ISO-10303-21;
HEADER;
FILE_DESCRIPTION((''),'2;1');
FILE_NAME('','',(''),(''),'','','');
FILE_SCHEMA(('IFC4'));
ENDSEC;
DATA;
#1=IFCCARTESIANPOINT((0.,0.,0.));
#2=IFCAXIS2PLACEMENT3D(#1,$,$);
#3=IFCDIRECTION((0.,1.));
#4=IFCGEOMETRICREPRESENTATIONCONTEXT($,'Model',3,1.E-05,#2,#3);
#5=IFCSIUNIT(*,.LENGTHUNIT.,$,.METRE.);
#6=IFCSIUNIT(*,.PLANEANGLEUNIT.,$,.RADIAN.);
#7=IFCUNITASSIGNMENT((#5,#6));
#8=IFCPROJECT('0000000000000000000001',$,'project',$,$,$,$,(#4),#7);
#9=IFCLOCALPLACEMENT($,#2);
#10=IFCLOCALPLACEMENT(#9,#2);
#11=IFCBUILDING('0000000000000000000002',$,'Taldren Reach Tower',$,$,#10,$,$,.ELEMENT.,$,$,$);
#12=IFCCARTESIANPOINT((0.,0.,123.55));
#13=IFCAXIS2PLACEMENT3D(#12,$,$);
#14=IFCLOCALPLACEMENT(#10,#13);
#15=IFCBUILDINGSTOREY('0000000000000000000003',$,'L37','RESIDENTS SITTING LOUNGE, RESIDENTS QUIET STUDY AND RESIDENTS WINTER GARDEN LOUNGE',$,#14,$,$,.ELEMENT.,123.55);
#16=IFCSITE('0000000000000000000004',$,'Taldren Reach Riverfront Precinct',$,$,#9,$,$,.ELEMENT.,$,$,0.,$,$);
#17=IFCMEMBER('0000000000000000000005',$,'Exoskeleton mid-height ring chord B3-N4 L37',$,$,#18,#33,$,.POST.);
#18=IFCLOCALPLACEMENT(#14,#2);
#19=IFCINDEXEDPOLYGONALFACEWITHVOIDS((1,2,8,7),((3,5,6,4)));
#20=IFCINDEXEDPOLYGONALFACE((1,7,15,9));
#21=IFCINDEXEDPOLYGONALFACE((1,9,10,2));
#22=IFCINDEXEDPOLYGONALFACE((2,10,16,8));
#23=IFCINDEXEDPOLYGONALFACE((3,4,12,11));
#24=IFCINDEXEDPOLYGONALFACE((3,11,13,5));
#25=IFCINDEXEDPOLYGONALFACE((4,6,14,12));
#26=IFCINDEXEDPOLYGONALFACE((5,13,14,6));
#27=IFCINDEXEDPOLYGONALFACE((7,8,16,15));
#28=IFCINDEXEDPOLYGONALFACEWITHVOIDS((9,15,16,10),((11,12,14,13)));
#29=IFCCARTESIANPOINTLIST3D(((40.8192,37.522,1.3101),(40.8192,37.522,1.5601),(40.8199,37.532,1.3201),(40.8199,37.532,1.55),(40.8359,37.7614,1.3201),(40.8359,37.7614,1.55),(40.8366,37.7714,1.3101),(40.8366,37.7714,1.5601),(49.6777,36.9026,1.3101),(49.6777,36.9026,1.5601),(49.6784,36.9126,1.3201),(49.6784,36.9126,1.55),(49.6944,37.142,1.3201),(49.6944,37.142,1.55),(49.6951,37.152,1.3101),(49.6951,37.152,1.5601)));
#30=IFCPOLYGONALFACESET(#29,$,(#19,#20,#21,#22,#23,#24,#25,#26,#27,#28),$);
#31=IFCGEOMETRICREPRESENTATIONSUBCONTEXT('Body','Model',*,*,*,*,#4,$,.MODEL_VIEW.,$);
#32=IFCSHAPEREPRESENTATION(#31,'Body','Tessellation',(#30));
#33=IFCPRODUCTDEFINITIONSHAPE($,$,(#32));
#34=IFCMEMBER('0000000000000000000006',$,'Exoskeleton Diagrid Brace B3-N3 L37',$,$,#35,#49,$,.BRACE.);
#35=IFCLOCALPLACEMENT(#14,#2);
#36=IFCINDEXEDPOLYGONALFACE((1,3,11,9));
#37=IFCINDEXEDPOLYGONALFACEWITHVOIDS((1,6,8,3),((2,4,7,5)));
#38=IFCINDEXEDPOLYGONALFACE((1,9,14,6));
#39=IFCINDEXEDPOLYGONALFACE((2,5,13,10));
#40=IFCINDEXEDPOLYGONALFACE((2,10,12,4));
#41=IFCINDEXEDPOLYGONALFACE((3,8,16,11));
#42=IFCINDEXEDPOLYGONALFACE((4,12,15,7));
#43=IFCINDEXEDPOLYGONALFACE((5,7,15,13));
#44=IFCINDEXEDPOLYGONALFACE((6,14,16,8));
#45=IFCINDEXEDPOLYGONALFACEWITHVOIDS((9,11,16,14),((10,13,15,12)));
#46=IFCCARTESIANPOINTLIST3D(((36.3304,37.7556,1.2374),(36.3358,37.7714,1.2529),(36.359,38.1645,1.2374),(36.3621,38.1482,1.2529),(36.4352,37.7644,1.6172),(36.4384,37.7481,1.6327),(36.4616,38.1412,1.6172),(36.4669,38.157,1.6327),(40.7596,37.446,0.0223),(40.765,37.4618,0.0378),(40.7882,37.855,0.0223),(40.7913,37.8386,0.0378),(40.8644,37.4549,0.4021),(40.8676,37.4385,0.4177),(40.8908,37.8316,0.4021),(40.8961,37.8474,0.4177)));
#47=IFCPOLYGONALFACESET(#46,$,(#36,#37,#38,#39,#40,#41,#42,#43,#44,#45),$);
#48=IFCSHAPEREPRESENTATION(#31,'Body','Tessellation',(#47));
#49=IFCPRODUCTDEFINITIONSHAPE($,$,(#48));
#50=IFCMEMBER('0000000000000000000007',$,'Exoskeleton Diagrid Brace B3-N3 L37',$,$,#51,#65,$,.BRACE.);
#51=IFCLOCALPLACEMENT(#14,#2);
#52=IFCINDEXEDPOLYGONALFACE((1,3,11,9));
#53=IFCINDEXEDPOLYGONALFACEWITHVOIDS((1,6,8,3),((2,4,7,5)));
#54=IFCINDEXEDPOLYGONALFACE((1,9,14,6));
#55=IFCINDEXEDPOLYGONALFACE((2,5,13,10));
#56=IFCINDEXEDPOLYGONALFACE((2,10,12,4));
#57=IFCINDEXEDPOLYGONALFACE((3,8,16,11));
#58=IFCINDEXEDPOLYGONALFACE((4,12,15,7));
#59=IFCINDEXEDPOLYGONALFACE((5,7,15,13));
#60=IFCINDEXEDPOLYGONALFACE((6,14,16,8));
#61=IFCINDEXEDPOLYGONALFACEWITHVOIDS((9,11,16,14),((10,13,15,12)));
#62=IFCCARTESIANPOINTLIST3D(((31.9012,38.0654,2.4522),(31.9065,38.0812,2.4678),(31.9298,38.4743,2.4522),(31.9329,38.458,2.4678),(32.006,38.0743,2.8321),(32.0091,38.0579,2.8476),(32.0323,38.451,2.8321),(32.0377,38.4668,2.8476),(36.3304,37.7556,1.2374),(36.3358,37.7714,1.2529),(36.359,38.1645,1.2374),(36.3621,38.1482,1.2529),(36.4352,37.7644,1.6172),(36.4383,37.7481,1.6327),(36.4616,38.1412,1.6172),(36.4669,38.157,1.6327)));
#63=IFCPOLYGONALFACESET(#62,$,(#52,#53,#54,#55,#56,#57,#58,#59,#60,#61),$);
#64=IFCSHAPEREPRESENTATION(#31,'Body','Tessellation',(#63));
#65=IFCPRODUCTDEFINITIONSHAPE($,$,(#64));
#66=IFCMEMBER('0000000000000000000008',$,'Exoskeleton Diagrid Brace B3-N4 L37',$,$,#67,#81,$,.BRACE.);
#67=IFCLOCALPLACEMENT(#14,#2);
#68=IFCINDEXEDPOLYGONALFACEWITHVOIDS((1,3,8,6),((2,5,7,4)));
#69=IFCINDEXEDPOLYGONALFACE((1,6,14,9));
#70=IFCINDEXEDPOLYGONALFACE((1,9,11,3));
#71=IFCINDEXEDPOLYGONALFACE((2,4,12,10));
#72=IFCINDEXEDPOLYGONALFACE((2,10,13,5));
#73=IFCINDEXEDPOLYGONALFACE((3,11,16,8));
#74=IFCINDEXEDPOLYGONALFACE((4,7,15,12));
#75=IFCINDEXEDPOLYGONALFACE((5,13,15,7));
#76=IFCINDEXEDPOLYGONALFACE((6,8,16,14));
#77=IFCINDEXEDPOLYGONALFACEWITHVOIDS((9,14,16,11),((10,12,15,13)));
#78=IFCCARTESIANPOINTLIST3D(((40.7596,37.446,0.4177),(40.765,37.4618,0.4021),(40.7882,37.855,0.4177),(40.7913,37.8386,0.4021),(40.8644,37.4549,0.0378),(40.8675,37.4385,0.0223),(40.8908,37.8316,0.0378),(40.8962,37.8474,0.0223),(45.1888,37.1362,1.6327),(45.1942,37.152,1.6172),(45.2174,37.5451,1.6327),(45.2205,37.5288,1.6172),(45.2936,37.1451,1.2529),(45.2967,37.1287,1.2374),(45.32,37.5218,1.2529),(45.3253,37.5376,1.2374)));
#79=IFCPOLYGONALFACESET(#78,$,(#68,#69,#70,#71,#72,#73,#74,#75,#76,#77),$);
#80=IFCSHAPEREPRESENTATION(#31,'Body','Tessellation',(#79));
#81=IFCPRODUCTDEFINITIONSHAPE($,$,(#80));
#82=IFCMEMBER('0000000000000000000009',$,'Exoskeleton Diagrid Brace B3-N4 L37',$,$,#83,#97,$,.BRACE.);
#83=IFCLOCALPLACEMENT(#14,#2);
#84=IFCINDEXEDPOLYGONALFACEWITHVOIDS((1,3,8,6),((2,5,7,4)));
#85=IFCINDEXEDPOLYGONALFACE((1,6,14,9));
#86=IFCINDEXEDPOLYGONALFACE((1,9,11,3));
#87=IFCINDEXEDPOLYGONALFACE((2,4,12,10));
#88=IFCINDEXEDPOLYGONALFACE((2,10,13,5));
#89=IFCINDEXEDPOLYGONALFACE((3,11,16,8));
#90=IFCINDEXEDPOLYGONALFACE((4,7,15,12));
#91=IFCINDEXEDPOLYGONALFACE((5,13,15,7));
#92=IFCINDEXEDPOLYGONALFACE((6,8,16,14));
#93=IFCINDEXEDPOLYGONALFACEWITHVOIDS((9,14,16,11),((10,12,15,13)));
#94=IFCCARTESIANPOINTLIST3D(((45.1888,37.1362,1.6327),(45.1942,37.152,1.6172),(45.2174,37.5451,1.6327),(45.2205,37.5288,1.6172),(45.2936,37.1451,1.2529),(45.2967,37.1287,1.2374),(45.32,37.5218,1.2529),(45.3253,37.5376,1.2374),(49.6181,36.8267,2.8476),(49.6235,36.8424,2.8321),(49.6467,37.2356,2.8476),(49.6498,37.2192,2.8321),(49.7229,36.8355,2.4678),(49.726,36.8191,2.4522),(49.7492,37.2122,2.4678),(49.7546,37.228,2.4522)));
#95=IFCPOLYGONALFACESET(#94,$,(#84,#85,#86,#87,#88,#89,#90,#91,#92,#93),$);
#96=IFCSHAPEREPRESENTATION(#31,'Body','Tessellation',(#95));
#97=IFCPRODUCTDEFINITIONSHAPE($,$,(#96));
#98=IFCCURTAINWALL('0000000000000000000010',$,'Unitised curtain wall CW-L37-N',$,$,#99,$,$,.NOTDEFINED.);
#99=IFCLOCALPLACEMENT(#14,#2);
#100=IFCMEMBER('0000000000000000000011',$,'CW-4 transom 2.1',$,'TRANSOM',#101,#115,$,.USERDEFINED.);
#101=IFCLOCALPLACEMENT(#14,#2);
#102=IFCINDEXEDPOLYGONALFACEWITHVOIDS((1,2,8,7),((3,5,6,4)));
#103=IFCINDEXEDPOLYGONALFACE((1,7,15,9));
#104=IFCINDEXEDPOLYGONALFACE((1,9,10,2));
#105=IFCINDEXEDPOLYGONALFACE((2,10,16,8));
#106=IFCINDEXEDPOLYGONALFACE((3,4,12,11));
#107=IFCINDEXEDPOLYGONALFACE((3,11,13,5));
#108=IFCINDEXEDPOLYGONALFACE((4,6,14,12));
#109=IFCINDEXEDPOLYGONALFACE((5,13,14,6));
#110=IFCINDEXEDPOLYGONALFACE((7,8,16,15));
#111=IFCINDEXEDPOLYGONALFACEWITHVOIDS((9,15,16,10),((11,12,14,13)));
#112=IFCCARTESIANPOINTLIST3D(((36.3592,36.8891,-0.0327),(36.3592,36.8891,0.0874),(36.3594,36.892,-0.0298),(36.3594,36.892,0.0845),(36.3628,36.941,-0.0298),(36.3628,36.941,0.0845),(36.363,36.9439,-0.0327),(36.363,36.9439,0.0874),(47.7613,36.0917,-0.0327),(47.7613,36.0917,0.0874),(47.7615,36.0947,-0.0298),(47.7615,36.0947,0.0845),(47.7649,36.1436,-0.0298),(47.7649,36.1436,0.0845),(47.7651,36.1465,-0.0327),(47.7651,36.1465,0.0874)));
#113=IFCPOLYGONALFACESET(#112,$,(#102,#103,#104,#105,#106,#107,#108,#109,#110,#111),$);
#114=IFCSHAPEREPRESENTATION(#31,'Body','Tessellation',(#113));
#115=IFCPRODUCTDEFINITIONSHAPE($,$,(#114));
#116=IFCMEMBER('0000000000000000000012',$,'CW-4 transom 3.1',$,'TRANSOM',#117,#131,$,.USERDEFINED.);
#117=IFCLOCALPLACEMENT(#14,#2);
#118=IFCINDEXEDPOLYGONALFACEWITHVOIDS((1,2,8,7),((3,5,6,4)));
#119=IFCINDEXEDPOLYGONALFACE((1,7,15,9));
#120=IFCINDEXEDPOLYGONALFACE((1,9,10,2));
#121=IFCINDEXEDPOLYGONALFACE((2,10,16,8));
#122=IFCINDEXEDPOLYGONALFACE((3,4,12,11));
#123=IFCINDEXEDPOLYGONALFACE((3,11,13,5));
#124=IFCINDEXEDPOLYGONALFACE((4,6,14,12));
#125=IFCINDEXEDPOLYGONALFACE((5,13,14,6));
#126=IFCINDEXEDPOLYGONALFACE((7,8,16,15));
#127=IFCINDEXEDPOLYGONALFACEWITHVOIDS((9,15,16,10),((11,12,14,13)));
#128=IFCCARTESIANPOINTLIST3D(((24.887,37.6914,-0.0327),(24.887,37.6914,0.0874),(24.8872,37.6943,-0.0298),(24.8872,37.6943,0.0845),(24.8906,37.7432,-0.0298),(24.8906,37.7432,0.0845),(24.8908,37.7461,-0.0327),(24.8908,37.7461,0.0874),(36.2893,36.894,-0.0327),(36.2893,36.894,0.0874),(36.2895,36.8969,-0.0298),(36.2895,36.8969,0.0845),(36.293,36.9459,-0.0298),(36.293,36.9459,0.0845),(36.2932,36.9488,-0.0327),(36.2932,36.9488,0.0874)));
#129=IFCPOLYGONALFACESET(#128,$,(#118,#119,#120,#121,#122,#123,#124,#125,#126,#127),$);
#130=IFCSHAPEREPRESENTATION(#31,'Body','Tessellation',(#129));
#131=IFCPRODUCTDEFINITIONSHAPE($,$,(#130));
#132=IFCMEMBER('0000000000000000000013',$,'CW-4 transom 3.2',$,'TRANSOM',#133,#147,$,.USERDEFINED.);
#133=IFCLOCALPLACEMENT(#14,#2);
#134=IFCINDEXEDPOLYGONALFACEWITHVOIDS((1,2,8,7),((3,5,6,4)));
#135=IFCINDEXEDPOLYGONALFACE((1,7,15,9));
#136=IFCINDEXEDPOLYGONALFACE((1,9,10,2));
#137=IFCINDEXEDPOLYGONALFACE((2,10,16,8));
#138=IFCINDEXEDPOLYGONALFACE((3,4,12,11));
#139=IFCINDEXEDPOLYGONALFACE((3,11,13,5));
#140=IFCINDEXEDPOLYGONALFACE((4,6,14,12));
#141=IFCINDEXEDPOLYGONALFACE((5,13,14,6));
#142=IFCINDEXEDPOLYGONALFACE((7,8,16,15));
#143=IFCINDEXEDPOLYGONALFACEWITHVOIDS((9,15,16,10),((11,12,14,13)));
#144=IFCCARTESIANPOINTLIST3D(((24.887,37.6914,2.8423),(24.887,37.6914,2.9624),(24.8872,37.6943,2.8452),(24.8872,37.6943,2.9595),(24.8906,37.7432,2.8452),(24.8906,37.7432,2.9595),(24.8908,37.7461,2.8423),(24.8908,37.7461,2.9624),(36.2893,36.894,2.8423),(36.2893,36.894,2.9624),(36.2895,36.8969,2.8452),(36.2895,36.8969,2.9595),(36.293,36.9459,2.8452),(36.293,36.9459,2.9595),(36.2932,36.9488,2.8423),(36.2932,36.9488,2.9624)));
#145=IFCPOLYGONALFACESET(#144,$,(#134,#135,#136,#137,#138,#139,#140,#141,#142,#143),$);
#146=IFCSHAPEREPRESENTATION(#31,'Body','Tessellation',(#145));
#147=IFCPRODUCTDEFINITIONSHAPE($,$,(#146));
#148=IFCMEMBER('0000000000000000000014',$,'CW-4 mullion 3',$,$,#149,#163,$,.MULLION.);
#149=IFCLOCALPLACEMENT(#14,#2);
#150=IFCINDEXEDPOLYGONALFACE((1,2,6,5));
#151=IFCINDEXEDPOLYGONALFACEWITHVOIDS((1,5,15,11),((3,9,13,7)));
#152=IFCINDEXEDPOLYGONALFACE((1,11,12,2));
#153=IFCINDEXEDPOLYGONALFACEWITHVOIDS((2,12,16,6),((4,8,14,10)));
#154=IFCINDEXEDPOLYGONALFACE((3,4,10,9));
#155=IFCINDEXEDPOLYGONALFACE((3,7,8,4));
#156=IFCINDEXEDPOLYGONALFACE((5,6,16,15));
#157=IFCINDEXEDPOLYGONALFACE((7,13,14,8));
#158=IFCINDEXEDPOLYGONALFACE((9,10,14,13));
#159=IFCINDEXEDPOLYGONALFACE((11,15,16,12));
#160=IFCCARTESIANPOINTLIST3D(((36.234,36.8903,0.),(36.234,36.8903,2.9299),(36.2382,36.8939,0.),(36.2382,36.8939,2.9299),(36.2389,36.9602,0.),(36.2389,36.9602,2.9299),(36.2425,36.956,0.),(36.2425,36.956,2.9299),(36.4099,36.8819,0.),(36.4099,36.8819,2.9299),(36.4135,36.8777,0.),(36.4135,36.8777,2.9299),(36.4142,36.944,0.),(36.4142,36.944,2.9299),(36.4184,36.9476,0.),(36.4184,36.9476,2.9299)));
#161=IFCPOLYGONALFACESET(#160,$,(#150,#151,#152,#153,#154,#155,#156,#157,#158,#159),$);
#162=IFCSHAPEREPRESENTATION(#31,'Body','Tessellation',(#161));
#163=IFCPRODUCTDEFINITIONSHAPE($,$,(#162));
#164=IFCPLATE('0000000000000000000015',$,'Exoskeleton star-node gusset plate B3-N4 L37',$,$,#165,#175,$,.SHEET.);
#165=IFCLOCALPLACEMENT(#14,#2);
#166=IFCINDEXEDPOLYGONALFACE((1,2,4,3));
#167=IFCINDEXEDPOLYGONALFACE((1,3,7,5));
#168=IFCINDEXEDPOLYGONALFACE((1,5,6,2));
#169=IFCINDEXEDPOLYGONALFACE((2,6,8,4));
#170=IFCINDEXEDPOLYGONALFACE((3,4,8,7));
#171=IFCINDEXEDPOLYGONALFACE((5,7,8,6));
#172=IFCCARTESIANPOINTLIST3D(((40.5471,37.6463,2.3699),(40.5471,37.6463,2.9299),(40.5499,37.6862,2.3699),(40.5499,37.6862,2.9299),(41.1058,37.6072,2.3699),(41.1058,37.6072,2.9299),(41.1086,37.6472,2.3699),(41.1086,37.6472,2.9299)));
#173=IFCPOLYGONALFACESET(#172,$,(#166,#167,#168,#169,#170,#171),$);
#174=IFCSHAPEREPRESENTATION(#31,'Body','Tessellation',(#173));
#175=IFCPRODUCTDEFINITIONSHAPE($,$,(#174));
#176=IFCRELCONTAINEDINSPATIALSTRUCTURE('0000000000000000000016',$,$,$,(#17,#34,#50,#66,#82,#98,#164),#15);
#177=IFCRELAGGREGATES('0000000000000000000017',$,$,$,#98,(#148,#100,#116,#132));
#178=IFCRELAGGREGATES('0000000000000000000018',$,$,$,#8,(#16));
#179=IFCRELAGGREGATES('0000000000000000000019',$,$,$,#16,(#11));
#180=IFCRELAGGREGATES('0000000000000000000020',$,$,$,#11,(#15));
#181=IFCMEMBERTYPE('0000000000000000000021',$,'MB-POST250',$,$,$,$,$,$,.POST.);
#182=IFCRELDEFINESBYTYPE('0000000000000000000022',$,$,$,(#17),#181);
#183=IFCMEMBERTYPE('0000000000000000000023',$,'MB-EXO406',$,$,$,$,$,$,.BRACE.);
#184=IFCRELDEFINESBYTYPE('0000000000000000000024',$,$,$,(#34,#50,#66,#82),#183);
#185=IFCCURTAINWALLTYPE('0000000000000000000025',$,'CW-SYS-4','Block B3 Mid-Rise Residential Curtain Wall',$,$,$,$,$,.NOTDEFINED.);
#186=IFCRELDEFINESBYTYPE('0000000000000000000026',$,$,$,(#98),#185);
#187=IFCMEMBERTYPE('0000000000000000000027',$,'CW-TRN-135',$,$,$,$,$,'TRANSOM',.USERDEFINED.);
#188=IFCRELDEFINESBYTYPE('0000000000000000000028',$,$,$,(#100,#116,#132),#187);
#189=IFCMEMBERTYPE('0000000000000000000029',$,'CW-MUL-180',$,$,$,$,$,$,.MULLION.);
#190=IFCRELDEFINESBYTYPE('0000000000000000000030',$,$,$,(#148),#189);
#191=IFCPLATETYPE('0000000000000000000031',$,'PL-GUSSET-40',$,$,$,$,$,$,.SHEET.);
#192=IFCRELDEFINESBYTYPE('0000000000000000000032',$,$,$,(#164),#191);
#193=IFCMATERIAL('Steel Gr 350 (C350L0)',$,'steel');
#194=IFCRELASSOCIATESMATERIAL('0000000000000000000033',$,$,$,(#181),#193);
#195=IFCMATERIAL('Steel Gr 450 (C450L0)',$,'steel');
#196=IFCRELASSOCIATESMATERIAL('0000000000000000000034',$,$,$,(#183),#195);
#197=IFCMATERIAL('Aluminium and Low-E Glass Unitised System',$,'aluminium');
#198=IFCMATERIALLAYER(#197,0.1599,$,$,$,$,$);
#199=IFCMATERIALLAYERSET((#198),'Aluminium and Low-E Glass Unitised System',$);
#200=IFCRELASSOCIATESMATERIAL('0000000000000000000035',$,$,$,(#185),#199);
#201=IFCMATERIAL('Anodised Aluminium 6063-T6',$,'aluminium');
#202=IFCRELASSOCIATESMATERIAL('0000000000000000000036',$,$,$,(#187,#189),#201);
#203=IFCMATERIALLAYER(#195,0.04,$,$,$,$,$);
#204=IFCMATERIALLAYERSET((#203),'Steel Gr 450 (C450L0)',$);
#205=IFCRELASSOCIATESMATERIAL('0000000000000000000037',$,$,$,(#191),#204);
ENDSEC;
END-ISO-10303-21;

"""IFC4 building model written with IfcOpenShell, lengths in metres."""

from ifc_helpers import new_model, si_unit, direction, frame, origin, origin_2d, place, context, subcontext, project, spatial, rectangle, hollow_rectangle, extrude, source, transform, mapped, material, layer, layer_set, material_profile, profile_set, type_object, element, aggregate, save


model = new_model("IFC4")

# Units and contexts
model_context = context("Model", 3, precision=1e-05, world=origin(), true_north=direction((0.0, 1.0)))
body_context = subcontext(model_context, "Body", "Model", "MODEL_VIEW")
ifc_project = project(units=[si_unit("LENGTHUNIT", "METRE"), si_unit("PLANEANGLEUNIT", "RADIAN")], contexts=[model_context])

# Site, building, storey
site_placement = place(None, origin())
site = spatial("IfcSite", under=ifc_project, at=site_placement, Name="Taldren Reach Riverfront Precinct", CompositionType="ELEMENT", RefElevation=0.0)
building_placement = place(site_placement, origin())
building = spatial("IfcBuilding", under=site, at=building_placement, Name="Taldren Reach Tower", CompositionType="ELEMENT")
storey_placement = place(building_placement, frame((0.0, 0.0, 123.55)))
storey = spatial("IfcBuildingStorey", under=building, at=storey_placement, Name="L37", Description="RESIDENTS SITTING LOUNGE, RESIDENTS QUIET STUDY AND RESIDENTS WINTER GARDEN LOUNGE", CompositionType="ELEMENT", Elevation=123.55)

# Shared definitions
ifc_material_1 = material(Name="Steel Gr 450 (C450L0)", Category="steel")

# Shared definitions
ifc_material_2 = material(Name="Steel Gr 350 (C350L0)", Category="steel")
ifc_material_profile_1 = material_profile(ifc_material_2, hollow_rectangle(XDim=0.25, YDim=0.25, WallThickness=0.01, at=origin_2d()), Name="250x250x10.0SHS")
ifc_profile_set_1 = profile_set([ifc_material_profile_1], Name="Steel Gr 350 (C350L0)")
member_type_1 = type_object("IfcMemberType", Name="MB-POST250", PredefinedType="POST", material=ifc_profile_set_1)

# Members
shared_shape_1 = source(origin(), body_context, "Body", "SweptSolid", [
    extrude(hollow_rectangle(XDim=0.25, YDim=0.25, WallThickness=0.01, at=origin_2d()), origin(), (0.0, 0.0, 1.0), 8.8801),
])
member_1_placement = place(storey_placement, frame((40.8279, 37.6467, 1.4351), z_axis=(0.997564, -0.06975, 0.0), x_axis=(0.06975, 0.997564, 0.0)))
element("IfcMember", 1, at=member_1_placement, inside=storey, type_object=member_type_1, Name="Exoskeleton mid-height ring chord B3-N4 L37", PredefinedType="POST", context=body_context, shape_type="MappedRepresentation", body=[
    mapped(shared_shape_1, transform((0.0, 0.0, 0.0), scale=1.0)),
])
ifc_material_profile_2 = material_profile(ifc_material_1, hollow_rectangle(XDim=0.4099, YDim=0.4099, WallThickness=0.0161, at=origin_2d()), Name="410x410x16.0SHS")
ifc_profile_set_2 = profile_set([ifc_material_profile_2], Name="Steel Gr 450 (C450L0)")
member_type_2 = type_object("IfcMemberType", Name="MB-EXO406", PredefinedType="BRACE", material=ifc_profile_set_2)
shared_shape_2 = source(origin(), body_context, "Body", "SweptSolid", [
    extrude(hollow_rectangle(XDim=0.4099, YDim=0.4099, WallThickness=0.0161, at=origin_2d()), origin(), (0.0, 0.0, 1.0), 4.6033),
])
for number, where, z_axis, x_axis, name in (
    (2, (40.8279, 37.6467, 0.22), (-0.962186, 0.06725, 0.263962), (-0.069723, -0.997566, 0.0), "Exoskeleton Diagrid Brace B3-N3 L37"),
    (3, (36.3987, 37.9563, 1.4351), (-0.962196, 0.067304, 0.263912), (-0.069778, -0.997563, 0.0), "Exoskeleton Diagrid Brace B3-N3 L37"),
    (4, (40.8279, 37.6467, 0.22), (0.962182, -0.067303, 0.263961), (0.069778, 0.997563, 0.0), "Exoskeleton Diagrid Brace B3-N4 L37"),
    (5, (45.2571, 37.3369, 1.4351), (0.962199, -0.067251, 0.263913), (0.069723, 0.997566, 0.0), "Exoskeleton Diagrid Brace B3-N4 L37"),
):
    element("IfcMember", number, at=place(storey_placement, frame(where, z_axis=z_axis, x_axis=x_axis)), inside=storey, type_object=member_type_2, Name=name, PredefinedType="BRACE", context=body_context, shape_type="MappedRepresentation", body=[
        mapped(shared_shape_2, transform((0.0, 0.0, 0.0), scale=1.0)),
    ])

# Curtain wall, members
ifc_material_3 = material(Name="Aluminium and Low-E Glass Unitised System", Category="aluminium")
ifc_layer_1 = layer(ifc_material_3, 0.1599)
ifc_layer_set_1 = layer_set([ifc_layer_1], Name="Aluminium and Low-E Glass Unitised System")
curtain_wall_type = type_object("IfcCurtainWallType", Name="CW-SYS-4", Description="Block B3 Mid-Rise Residential Curtain Wall", PredefinedType="NOTDEFINED", material=ifc_layer_set_1)
curtain_wall_placement = place(storey_placement, origin())
curtain_wall = element("IfcCurtainWall", 6, at=curtain_wall_placement, inside=storey, type_object=curtain_wall_type, Name="Unitised curtain wall CW-L37-N", PredefinedType="NOTDEFINED")
ifc_material_4 = material(Name="Anodised Aluminium 6063-T6", Category="aluminium")
ifc_material_profile_3 = material_profile(ifc_material_4, hollow_rectangle(XDim=0.0549, YDim=0.1201, WallThickness=0.0029, at=origin_2d()), Name="ALU-120x55x3RHS")
ifc_profile_set_3 = profile_set([ifc_material_profile_3], Name="Anodised Aluminium 6063-T6")
member_type_3 = type_object("IfcMemberType", Name="CW-TRN-135", ElementType="TRANSOM", PredefinedType="USERDEFINED", material=ifc_profile_set_3)
shared_shape_3 = source(origin(), body_context, "Body", "SweptSolid", [
    extrude(hollow_rectangle(XDim=0.0549, YDim=0.1201, WallThickness=0.0029, at=origin_2d()), origin(), (0.0, 0.0, 1.0), 11.4299),
])
member_2_placement = place(storey_placement, frame((47.7632, 36.1191, 0.0273), z_axis=(-0.997564, 0.069761, 0.0), x_axis=(-0.069761, -0.997564, 0.0)))
member_2 = element("IfcMember", 7, at=member_2_placement, type_object=member_type_3, Name="CW-4 transom 2.1", ObjectType="TRANSOM", PredefinedType="USERDEFINED", context=body_context, shape_type="MappedRepresentation", body=[
    mapped(shared_shape_3, transform((0.0, 0.0, 0.0), scale=1.0)),
])
shared_shape_4 = source(origin(), body_context, "Body", "SweptSolid", [
    extrude(hollow_rectangle(XDim=0.0549, YDim=0.1201, WallThickness=0.0029, at=origin_2d()), origin(), (0.0, 0.0, 1.0), 11.4302),
])
member_3_placement = place(storey_placement, frame((36.2913, 36.9214, 0.0273), z_axis=(-0.997564, 0.069759, 0.0), x_axis=(-0.069759, -0.997564, 0.0)))
member_3 = element("IfcMember", 8, at=member_3_placement, type_object=member_type_3, Name="CW-4 transom 3.1", ObjectType="TRANSOM", PredefinedType="USERDEFINED", context=body_context, shape_type="MappedRepresentation", body=[
    mapped(shared_shape_4, transform((0.0, 0.0, 0.0), scale=1.0)),
])
member_4_placement = place(storey_placement, frame((36.2913, 36.9214, 2.9023), z_axis=(-0.997564, 0.069759, 0.0), x_axis=(-0.069759, -0.997564, 0.0)))
member_4 = element("IfcMember", 9, at=member_4_placement, type_object=member_type_3, Name="CW-4 transom 3.2", ObjectType="TRANSOM", PredefinedType="USERDEFINED", context=body_context, shape_type="MappedRepresentation", body=[
    mapped(shared_shape_4, transform((0.0, 0.0, 0.0), scale=1.0)),
])
ifc_material_profile_4 = material_profile(ifc_material_4, hollow_rectangle(XDim=0.0701, YDim=0.1799, WallThickness=0.0039, at=origin_2d()), Name="ALU-180x70x4RHS")
ifc_profile_set_4 = profile_set([ifc_material_profile_4], Name="Anodised Aluminium 6063-T6")
member_type_4 = type_object("IfcMemberType", Name="CW-MUL-180", PredefinedType="MULLION", material=ifc_profile_set_4)
shared_shape_5 = source(origin(), body_context, "Body", "SweptSolid", [
    extrude(hollow_rectangle(XDim=0.0701, YDim=0.1799, WallThickness=0.0039, at=origin_2d()), origin(), (0.0, 0.0, 1.0), 2.9299),
])
member_5_placement = place(storey_placement, frame((36.3262, 36.9189, 0.0), z_axis=(0.0, 0.0, 1.0), x_axis=(-0.069757, -0.997564, 0.0)))
member_5 = element("IfcMember", 10, at=member_5_placement, type_object=member_type_4, Name="CW-4 mullion 3", PredefinedType="MULLION", context=body_context, shape_type="MappedRepresentation", body=[
    mapped(shared_shape_5, transform((0.0, 0.0, 0.0), scale=1.0)),
])

# Plate
ifc_layer_2 = layer(ifc_material_1, 0.04)
ifc_layer_set_2 = layer_set([ifc_layer_2], Name="Steel Gr 450 (C450L0)")
plate_type_1 = type_object("IfcPlateType", Name="PL-GUSSET-40", PredefinedType="SHEET", material=ifc_layer_set_2)
shared_shape_6 = source(origin(), body_context, "Body", "SweptSolid", [
    extrude(rectangle(XDim=0.5601, YDim=0.04, at=origin_2d()), origin(), (0.0, 0.0, 1.0), 0.5601),
])
plate_1_placement = place(storey_placement, frame((40.8279, 37.6467, 2.3699), z_axis=(0.0, 0.0, 1.0), x_axis=(0.997564, -0.069756, 0.0)))
element("IfcPlate", 11, at=plate_1_placement, inside=storey, type_object=plate_type_1, Name="Exoskeleton star-node gusset plate B3-N4 L37", PredefinedType="SHEET", context=body_context, shape_type="MappedRepresentation", body=[
    mapped(shared_shape_6, transform((0.0, 0.0, 0.0), scale=1.0)),
])
aggregate(curtain_wall, [member_5, member_2, member_3, member_4])

save(model, "model.ifc")
